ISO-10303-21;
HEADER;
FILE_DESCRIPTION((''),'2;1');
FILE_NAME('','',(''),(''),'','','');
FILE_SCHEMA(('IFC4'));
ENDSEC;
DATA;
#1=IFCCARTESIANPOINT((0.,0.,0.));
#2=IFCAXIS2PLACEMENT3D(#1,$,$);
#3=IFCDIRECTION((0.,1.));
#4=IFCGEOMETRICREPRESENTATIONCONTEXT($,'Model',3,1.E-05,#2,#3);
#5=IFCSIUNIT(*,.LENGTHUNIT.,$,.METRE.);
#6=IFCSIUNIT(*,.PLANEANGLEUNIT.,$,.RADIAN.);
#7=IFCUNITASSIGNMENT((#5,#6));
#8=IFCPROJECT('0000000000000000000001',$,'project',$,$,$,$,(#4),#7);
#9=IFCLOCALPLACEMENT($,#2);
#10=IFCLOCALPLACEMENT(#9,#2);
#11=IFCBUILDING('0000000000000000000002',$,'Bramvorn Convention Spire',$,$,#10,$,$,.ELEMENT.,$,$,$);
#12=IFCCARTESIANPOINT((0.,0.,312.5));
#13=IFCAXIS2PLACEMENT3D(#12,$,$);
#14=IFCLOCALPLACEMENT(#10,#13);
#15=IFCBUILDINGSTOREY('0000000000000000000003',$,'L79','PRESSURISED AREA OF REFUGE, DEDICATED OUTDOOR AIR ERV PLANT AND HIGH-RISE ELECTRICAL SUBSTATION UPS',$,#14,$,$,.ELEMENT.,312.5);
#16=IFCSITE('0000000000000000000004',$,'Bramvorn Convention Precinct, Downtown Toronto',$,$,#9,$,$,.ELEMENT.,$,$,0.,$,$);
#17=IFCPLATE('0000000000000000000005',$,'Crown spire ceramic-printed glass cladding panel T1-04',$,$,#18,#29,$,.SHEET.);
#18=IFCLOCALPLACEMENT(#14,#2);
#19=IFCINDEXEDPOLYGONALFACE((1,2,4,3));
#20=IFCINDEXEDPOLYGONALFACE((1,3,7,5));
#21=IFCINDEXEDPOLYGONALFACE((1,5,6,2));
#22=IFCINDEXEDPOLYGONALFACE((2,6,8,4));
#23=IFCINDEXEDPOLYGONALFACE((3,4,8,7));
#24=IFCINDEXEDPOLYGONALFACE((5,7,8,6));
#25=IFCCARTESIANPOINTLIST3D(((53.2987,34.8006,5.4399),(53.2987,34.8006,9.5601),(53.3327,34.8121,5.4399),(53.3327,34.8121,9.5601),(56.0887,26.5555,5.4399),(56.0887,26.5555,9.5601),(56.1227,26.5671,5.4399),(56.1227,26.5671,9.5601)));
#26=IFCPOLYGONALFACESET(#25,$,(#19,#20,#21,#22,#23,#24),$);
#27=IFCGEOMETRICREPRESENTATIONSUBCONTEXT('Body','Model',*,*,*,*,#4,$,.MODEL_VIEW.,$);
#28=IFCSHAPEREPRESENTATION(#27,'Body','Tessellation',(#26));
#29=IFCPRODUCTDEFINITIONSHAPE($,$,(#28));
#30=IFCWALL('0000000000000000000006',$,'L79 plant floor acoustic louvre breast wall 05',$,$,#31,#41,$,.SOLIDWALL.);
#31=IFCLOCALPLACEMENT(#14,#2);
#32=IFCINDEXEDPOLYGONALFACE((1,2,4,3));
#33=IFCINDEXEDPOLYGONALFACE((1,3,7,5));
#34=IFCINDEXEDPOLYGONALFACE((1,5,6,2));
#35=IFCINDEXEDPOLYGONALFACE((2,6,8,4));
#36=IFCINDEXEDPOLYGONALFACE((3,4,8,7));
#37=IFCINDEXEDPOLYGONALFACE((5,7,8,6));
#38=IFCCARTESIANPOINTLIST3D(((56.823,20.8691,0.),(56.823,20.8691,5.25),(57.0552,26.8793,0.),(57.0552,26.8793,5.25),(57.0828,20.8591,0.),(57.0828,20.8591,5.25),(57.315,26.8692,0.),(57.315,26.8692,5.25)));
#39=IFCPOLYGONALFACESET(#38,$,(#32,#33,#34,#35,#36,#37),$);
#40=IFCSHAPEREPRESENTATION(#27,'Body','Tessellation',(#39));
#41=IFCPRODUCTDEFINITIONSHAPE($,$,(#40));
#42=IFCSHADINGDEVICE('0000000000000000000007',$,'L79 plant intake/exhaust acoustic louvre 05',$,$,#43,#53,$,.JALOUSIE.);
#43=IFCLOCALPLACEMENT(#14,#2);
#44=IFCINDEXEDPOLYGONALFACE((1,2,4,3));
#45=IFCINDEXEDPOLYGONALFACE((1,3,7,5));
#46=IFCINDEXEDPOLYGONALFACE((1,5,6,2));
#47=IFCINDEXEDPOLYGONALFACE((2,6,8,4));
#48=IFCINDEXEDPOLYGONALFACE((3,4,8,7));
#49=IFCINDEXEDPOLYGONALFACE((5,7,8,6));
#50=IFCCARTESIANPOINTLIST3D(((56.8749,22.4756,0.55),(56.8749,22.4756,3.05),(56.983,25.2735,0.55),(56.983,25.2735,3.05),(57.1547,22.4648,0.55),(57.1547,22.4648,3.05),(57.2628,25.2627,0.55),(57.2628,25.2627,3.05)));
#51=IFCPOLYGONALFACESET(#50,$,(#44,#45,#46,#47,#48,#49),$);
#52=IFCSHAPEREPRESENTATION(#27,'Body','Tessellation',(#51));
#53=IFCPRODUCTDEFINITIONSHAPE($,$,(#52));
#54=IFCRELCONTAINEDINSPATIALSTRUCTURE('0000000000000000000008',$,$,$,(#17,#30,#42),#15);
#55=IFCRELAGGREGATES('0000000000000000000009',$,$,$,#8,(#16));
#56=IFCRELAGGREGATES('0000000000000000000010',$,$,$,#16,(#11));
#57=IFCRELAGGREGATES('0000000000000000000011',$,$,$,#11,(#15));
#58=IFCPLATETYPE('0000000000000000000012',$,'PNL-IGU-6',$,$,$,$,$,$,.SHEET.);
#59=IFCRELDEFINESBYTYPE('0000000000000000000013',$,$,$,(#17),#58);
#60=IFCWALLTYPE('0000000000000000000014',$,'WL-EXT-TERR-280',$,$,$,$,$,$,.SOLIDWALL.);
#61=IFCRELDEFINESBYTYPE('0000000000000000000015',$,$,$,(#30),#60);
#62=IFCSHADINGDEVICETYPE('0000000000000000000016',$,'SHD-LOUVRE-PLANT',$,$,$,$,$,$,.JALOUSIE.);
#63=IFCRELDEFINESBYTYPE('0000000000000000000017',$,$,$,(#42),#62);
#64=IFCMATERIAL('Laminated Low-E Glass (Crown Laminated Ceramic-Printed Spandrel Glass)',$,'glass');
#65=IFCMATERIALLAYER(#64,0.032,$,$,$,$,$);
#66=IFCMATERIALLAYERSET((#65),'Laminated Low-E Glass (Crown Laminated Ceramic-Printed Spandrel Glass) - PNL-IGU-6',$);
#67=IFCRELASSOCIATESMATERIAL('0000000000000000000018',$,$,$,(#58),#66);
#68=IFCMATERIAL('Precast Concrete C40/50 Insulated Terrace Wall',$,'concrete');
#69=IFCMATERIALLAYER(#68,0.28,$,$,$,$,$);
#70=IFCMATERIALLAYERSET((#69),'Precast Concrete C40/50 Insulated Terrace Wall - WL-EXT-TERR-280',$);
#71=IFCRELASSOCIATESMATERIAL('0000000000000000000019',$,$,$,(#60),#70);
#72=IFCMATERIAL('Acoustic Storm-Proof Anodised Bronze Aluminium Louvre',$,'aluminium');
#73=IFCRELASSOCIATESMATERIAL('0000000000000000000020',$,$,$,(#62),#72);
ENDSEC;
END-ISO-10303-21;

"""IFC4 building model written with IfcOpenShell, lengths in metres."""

from ifc_helpers import new_model, si_unit, direction, frame, frame_2d, origin, origin_2d, place, context, subcontext, project, spatial, rectangle, extrude, material, layer, layer_set, type_object, element, save


model = new_model("IFC4")

# Units and contexts
model_context = context("Model", 3, precision=1e-05, world=origin(), true_north=direction((0.0, 1.0)))
body_context = subcontext(model_context, "Body", "Model", "MODEL_VIEW")
ifc_project = project(units=[si_unit("LENGTHUNIT", "METRE"), si_unit("PLANEANGLEUNIT", "RADIAN")], contexts=[model_context])

# Site, building, storey
site_placement = place(None, origin())
site = spatial("IfcSite", under=ifc_project, at=site_placement, Name="Bramvorn Convention Precinct, Downtown Toronto", CompositionType="ELEMENT", RefElevation=0.0)
building_placement = place(site_placement, origin())
building = spatial("IfcBuilding", under=site, at=building_placement, Name="Bramvorn Convention Spire", CompositionType="ELEMENT")
storey_placement = place(building_placement, frame((0.0, 0.0, 312.5)))
storey = spatial("IfcBuildingStorey", under=building, at=storey_placement, Name="L79", Description="PRESSURISED AREA OF REFUGE, DEDICATED OUTDOOR AIR ERV PLANT AND HIGH-RISE ELECTRICAL SUBSTATION UPS", CompositionType="ELEMENT", Elevation=312.5)

# Plate
ifc_material_1 = material(Name="Laminated Low-E Glass (Crown Laminated Ceramic-Printed Spandrel Glass)", Category="glass")
ifc_layer_1 = layer(ifc_material_1, 0.032)
ifc_layer_set_1 = layer_set([ifc_layer_1], Name="Laminated Low-E Glass (Crown Laminated Ceramic-Printed Spandrel Glass) - PNL-IGU-6")
plate_type_1 = type_object("IfcPlateType", Name="PNL-IGU-6", PredefinedType="SHEET", material=ifc_layer_set_1)
plate_1_placement = place(storey_placement, frame((54.7107, 30.6838, 5.4399), z_axis=(0.0, 0.0, 1.0), x_axis=(-0.320535, 0.947237, 0.0)))
element("IfcPlate", 1, at=plate_1_placement, inside=storey, type_object=plate_type_1, Name="Crown spire ceramic-printed glass cladding panel T1-04", PredefinedType="SHEET", context=body_context, shape_type="SweptSolid", body=[
    extrude(rectangle(XDim=8.7043, YDim=0.0359, at=origin_2d()), origin(), (0.0, 0.0, 1.0), 4.1201),
])

# Wall
ifc_material_2 = material(Name="Precast Concrete C40/50 Insulated Terrace Wall", Category="concrete")
ifc_layer_2 = layer(ifc_material_2, 0.28)
ifc_layer_set_2 = layer_set([ifc_layer_2], Name="Precast Concrete C40/50 Insulated Terrace Wall - WL-EXT-TERR-280")
wall_type = type_object("IfcWallType", Name="WL-EXT-TERR-280", PredefinedType="SOLIDWALL", material=ifc_layer_set_2)
wall_placement = place(storey_placement, frame((57.1851, 26.8743, 0.0), z_axis=(0.0, 0.0, 1.0), x_axis=(-0.038601, -0.999255, 0.0)))
element("IfcWall", 2, at=wall_placement, inside=storey, type_object=wall_type, Name="L79 plant floor acoustic louvre breast wall 05", PredefinedType="SOLIDWALL", context=body_context, shape_type="SweptSolid", body=[
    extrude(rectangle(XDim=6.0146, YDim=0.26, at=frame_2d((3.0073, 0.0))), origin(), (0.0, 0.0, 1.0), 5.25),
])

# Shading device
ifc_material_3 = material(Name="Acoustic Storm-Proof Anodised Bronze Aluminium Louvre", Category="aluminium")
shading_device_type = type_object("IfcShadingDeviceType", Name="SHD-LOUVRE-PLANT", PredefinedType="JALOUSIE", material=ifc_material_3)
shading_device_placement = place(storey_placement, frame((57.0688, 23.8691, 0.55), z_axis=(0.0, 0.0, 1.0), x_axis=(-0.038604, -0.999255, 0.0)))
element("IfcShadingDevice", 3, at=shading_device_placement, inside=storey, type_object=shading_device_type, Name="L79 plant intake/exhaust acoustic louvre 05", PredefinedType="JALOUSIE", context=body_context, shape_type="SweptSolid", body=[
    extrude(rectangle(XDim=2.8, YDim=0.28, at=origin_2d()), origin(), (0.0, 0.0, 1.0), 2.5),
])

save(model, "model.ifc")
